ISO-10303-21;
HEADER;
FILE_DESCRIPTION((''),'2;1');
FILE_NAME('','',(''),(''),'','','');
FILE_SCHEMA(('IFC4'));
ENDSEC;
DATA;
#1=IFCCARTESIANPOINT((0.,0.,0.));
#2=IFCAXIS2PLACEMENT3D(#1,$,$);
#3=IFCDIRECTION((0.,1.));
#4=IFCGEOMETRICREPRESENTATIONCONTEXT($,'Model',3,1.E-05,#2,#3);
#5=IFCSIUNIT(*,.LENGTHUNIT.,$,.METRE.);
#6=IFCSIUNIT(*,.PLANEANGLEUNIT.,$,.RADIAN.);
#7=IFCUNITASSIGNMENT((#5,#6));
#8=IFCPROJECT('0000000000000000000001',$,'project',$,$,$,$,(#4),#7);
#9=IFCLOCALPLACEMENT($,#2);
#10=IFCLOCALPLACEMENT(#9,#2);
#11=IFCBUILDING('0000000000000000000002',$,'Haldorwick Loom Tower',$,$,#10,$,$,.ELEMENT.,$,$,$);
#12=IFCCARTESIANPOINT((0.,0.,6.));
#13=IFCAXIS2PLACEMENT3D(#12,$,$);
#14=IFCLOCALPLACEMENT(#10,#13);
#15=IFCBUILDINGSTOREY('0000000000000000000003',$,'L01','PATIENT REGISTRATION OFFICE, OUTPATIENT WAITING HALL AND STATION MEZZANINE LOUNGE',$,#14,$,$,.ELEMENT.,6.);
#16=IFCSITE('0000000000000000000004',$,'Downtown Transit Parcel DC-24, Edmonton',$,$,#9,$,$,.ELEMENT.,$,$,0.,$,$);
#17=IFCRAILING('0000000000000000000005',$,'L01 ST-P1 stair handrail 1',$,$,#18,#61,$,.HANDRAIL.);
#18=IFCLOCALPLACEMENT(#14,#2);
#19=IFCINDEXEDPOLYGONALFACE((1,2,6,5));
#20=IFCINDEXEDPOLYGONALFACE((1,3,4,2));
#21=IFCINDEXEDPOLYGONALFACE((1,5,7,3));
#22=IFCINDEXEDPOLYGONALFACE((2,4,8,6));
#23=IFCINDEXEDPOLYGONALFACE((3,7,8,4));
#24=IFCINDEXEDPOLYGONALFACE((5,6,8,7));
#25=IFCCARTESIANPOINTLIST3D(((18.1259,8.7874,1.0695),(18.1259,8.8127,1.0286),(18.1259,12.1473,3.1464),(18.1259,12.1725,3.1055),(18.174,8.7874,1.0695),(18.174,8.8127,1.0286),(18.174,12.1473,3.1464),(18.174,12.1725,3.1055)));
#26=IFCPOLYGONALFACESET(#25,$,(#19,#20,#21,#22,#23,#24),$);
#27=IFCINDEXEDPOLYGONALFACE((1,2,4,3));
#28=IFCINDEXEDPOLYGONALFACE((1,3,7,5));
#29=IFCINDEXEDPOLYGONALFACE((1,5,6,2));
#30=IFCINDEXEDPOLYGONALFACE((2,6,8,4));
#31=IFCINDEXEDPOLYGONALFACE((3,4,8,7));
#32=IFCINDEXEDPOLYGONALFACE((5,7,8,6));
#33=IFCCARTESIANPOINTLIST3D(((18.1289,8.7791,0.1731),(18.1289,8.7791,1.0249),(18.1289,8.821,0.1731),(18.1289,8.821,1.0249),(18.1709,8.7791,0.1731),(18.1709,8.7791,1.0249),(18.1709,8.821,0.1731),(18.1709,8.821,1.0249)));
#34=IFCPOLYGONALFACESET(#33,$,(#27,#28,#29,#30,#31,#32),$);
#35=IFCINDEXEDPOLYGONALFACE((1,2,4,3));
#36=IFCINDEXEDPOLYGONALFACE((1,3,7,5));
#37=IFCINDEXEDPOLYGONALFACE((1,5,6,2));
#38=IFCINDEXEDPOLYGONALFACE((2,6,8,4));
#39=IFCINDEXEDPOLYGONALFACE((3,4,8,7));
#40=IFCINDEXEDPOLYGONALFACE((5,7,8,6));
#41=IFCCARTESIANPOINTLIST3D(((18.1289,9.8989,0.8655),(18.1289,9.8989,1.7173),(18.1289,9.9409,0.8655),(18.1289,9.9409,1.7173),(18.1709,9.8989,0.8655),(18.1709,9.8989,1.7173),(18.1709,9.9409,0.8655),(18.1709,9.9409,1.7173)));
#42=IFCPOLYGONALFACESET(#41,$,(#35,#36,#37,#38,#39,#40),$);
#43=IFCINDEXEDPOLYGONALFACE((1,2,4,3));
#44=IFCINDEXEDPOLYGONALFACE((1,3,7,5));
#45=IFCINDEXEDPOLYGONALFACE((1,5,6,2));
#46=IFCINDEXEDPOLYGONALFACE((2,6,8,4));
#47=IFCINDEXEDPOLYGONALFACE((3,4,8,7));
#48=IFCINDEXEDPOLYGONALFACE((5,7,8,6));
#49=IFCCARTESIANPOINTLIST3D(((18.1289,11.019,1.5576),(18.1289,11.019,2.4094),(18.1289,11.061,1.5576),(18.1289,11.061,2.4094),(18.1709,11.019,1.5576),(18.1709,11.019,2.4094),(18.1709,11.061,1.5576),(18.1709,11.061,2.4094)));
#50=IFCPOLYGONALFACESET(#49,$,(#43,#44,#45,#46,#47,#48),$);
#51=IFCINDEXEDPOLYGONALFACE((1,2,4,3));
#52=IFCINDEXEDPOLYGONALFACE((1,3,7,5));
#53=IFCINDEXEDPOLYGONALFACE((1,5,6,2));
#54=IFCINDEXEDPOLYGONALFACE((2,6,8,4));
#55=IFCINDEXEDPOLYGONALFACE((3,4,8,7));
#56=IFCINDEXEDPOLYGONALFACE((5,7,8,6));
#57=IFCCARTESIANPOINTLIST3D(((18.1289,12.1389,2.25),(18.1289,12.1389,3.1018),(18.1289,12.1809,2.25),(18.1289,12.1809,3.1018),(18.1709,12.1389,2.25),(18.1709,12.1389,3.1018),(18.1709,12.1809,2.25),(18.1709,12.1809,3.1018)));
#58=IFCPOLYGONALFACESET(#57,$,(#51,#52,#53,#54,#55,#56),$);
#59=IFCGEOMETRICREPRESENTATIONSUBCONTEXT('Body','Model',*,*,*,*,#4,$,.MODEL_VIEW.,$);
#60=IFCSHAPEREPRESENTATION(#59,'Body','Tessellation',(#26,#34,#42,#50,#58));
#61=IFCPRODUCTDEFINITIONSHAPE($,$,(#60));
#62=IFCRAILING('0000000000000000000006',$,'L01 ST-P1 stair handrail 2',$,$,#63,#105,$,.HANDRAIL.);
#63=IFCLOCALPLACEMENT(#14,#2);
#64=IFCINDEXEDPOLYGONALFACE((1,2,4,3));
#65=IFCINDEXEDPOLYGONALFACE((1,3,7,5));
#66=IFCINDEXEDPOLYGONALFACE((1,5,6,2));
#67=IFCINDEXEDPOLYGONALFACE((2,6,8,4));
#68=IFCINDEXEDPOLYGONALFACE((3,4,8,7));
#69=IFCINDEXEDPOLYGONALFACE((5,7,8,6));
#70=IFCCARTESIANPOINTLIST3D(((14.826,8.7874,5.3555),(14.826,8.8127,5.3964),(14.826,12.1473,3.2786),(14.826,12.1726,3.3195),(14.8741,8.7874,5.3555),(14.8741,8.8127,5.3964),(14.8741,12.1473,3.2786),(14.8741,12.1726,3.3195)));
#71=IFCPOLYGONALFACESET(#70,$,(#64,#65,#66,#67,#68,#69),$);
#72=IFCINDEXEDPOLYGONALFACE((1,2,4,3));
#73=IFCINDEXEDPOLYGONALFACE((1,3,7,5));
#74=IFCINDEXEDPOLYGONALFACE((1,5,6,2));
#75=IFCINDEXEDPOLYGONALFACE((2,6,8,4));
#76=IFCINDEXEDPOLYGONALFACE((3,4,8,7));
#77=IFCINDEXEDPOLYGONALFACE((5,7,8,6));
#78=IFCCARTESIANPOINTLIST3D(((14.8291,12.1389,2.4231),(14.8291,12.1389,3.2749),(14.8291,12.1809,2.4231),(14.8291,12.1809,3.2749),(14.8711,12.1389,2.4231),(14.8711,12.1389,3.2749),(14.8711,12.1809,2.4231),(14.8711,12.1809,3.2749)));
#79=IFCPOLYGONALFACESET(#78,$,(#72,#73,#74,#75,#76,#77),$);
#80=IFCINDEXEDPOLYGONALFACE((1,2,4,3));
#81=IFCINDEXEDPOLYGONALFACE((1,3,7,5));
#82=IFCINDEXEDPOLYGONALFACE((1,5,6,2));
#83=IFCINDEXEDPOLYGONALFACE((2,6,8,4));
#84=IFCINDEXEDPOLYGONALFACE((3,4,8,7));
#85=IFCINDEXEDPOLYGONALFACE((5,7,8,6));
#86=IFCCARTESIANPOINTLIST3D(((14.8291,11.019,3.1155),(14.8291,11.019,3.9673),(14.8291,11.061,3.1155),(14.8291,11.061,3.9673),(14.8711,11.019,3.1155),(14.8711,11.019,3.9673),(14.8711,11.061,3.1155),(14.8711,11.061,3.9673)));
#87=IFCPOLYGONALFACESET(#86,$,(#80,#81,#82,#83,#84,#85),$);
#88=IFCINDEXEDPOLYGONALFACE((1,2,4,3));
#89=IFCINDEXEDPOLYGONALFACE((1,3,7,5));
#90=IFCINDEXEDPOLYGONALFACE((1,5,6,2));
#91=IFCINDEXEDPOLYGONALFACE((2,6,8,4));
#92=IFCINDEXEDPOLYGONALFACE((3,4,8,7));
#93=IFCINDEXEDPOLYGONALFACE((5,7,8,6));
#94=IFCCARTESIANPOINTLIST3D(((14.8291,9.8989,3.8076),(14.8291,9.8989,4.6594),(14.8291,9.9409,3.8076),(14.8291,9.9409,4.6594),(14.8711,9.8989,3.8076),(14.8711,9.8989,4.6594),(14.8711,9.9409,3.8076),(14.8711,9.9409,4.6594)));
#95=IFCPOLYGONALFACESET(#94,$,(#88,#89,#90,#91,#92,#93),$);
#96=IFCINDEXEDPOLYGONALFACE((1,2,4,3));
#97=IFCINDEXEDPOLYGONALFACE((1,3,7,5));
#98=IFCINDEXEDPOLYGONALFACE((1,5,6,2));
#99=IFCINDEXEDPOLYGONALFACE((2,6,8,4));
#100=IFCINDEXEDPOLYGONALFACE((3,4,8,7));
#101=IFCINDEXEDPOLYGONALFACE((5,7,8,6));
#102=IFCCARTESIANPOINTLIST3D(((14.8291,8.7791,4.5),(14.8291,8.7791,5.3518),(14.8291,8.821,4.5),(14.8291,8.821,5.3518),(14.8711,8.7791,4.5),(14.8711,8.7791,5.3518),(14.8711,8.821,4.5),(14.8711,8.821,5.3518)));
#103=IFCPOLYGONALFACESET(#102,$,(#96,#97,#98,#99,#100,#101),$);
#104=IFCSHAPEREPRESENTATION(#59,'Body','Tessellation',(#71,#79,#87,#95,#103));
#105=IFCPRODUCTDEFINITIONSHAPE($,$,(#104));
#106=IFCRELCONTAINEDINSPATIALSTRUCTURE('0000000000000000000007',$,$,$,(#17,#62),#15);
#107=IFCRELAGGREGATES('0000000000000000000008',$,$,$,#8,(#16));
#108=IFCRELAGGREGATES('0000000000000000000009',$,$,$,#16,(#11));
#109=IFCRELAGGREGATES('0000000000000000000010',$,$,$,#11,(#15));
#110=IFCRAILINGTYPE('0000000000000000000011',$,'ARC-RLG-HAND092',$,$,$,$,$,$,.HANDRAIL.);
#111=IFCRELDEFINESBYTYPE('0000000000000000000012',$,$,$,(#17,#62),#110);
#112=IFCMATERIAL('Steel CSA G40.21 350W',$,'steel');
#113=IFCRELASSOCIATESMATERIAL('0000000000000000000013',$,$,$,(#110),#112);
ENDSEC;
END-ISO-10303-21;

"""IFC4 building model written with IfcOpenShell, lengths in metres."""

from ifc_helpers import new_model, si_unit, direction, frame, origin, origin_2d, place, context, subcontext, project, spatial, rectangle, extrude, material, type_object, element, save


model = new_model("IFC4")

# Units and contexts
model_context = context("Model", 3, precision=1e-05, world=origin(), true_north=direction((0.0, 1.0)))
body_context = subcontext(model_context, "Body", "Model", "MODEL_VIEW")
ifc_project = project(units=[si_unit("LENGTHUNIT", "METRE"), si_unit("PLANEANGLEUNIT", "RADIAN")], contexts=[model_context])

# Site, building, storey
site_placement = place(None, origin())
site = spatial("IfcSite", under=ifc_project, at=site_placement, Name="Downtown Transit Parcel DC-24, Edmonton", CompositionType="ELEMENT", RefElevation=0.0)
building_placement = place(site_placement, origin())
building = spatial("IfcBuilding", under=site, at=building_placement, Name="Haldorwick Loom Tower", CompositionType="ELEMENT")
storey_placement = place(building_placement, frame((0.0, 0.0, 6.0)))
storey = spatial("IfcBuildingStorey", under=building, at=storey_placement, Name="L01", Description="PATIENT REGISTRATION OFFICE, OUTPATIENT WAITING HALL AND STATION MEZZANINE LOUNGE", CompositionType="ELEMENT", Elevation=6.0)

# Shared definitions
ifc_material_1 = material(Name="Steel CSA G40.21 350W", Category="steel")

# Railings
railing_type_1 = type_object("IfcRailingType", Name="ARC-RLG-HAND092", PredefinedType="HANDRAIL", material=ifc_material_1)
railing_1_placement = place(storey_placement, frame((18.1499, 8.8, 0.1731)))
element("IfcRailing", 1, at=railing_1_placement, inside=storey, type_object=railing_type_1, Name="L01 ST-P1 stair handrail 1", PredefinedType="HANDRAIL", context=body_context, shape_type="SweptSolid", body=[
    extrude(rectangle(XDim=0.0481, YDim=0.0481, at=origin_2d()), frame((0.0, 0.0, 0.876), z_axis=(0.0, 0.850606, 0.525803), x_axis=(-1.0, 0.0, 0.0)), (0.0, 0.0, 1.0), 3.95),
    extrude(rectangle(XDim=0.042, YDim=0.042, at=origin_2d()), origin(), (0.0, 0.0, 1.0), 0.8518),
    extrude(rectangle(XDim=0.042, YDim=0.042, at=origin_2d()), frame((0.0, 1.1199, 0.6924)), (0.0, 0.0, 1.0), 0.8518),
    extrude(rectangle(XDim=0.042, YDim=0.042, at=origin_2d()), frame((0.0, 2.24, 1.3845)), (0.0, 0.0, 1.0), 0.8518),
    extrude(rectangle(XDim=0.042, YDim=0.042, at=origin_2d()), frame((0.0, 3.3599, 2.0769)), (0.0, 0.0, 1.0), 0.8518),
])
railing_2_placement = place(storey_placement, frame((14.8501, 12.1599, 2.4231)))
element("IfcRailing", 2, at=railing_2_placement, inside=storey, type_object=railing_type_1, Name="L01 ST-P1 stair handrail 2", PredefinedType="HANDRAIL", context=body_context, shape_type="SweptSolid", body=[
    extrude(rectangle(XDim=0.0481, YDim=0.0481, at=origin_2d()), frame((0.0, 0.0, 0.876), z_axis=(0.0, -0.850606, 0.525803), x_axis=(1.0, 0.0, 0.0)), (0.0, 0.0, 1.0), 3.95),
    extrude(rectangle(XDim=0.042, YDim=0.042, at=origin_2d()), origin(), (0.0, 0.0, 1.0), 0.8518),
    extrude(rectangle(XDim=0.042, YDim=0.042, at=origin_2d()), frame((0.0, -1.1199, 0.6924)), (0.0, 0.0, 1.0), 0.8518),
    extrude(rectangle(XDim=0.042, YDim=0.042, at=origin_2d()), frame((0.0, -2.24, 1.3845)), (0.0, 0.0, 1.0), 0.8518),
    extrude(rectangle(XDim=0.042, YDim=0.042, at=origin_2d()), frame((0.0, -3.3599, 2.0769)), (0.0, 0.0, 1.0), 0.8518),
])

save(model, "model.ifc")
